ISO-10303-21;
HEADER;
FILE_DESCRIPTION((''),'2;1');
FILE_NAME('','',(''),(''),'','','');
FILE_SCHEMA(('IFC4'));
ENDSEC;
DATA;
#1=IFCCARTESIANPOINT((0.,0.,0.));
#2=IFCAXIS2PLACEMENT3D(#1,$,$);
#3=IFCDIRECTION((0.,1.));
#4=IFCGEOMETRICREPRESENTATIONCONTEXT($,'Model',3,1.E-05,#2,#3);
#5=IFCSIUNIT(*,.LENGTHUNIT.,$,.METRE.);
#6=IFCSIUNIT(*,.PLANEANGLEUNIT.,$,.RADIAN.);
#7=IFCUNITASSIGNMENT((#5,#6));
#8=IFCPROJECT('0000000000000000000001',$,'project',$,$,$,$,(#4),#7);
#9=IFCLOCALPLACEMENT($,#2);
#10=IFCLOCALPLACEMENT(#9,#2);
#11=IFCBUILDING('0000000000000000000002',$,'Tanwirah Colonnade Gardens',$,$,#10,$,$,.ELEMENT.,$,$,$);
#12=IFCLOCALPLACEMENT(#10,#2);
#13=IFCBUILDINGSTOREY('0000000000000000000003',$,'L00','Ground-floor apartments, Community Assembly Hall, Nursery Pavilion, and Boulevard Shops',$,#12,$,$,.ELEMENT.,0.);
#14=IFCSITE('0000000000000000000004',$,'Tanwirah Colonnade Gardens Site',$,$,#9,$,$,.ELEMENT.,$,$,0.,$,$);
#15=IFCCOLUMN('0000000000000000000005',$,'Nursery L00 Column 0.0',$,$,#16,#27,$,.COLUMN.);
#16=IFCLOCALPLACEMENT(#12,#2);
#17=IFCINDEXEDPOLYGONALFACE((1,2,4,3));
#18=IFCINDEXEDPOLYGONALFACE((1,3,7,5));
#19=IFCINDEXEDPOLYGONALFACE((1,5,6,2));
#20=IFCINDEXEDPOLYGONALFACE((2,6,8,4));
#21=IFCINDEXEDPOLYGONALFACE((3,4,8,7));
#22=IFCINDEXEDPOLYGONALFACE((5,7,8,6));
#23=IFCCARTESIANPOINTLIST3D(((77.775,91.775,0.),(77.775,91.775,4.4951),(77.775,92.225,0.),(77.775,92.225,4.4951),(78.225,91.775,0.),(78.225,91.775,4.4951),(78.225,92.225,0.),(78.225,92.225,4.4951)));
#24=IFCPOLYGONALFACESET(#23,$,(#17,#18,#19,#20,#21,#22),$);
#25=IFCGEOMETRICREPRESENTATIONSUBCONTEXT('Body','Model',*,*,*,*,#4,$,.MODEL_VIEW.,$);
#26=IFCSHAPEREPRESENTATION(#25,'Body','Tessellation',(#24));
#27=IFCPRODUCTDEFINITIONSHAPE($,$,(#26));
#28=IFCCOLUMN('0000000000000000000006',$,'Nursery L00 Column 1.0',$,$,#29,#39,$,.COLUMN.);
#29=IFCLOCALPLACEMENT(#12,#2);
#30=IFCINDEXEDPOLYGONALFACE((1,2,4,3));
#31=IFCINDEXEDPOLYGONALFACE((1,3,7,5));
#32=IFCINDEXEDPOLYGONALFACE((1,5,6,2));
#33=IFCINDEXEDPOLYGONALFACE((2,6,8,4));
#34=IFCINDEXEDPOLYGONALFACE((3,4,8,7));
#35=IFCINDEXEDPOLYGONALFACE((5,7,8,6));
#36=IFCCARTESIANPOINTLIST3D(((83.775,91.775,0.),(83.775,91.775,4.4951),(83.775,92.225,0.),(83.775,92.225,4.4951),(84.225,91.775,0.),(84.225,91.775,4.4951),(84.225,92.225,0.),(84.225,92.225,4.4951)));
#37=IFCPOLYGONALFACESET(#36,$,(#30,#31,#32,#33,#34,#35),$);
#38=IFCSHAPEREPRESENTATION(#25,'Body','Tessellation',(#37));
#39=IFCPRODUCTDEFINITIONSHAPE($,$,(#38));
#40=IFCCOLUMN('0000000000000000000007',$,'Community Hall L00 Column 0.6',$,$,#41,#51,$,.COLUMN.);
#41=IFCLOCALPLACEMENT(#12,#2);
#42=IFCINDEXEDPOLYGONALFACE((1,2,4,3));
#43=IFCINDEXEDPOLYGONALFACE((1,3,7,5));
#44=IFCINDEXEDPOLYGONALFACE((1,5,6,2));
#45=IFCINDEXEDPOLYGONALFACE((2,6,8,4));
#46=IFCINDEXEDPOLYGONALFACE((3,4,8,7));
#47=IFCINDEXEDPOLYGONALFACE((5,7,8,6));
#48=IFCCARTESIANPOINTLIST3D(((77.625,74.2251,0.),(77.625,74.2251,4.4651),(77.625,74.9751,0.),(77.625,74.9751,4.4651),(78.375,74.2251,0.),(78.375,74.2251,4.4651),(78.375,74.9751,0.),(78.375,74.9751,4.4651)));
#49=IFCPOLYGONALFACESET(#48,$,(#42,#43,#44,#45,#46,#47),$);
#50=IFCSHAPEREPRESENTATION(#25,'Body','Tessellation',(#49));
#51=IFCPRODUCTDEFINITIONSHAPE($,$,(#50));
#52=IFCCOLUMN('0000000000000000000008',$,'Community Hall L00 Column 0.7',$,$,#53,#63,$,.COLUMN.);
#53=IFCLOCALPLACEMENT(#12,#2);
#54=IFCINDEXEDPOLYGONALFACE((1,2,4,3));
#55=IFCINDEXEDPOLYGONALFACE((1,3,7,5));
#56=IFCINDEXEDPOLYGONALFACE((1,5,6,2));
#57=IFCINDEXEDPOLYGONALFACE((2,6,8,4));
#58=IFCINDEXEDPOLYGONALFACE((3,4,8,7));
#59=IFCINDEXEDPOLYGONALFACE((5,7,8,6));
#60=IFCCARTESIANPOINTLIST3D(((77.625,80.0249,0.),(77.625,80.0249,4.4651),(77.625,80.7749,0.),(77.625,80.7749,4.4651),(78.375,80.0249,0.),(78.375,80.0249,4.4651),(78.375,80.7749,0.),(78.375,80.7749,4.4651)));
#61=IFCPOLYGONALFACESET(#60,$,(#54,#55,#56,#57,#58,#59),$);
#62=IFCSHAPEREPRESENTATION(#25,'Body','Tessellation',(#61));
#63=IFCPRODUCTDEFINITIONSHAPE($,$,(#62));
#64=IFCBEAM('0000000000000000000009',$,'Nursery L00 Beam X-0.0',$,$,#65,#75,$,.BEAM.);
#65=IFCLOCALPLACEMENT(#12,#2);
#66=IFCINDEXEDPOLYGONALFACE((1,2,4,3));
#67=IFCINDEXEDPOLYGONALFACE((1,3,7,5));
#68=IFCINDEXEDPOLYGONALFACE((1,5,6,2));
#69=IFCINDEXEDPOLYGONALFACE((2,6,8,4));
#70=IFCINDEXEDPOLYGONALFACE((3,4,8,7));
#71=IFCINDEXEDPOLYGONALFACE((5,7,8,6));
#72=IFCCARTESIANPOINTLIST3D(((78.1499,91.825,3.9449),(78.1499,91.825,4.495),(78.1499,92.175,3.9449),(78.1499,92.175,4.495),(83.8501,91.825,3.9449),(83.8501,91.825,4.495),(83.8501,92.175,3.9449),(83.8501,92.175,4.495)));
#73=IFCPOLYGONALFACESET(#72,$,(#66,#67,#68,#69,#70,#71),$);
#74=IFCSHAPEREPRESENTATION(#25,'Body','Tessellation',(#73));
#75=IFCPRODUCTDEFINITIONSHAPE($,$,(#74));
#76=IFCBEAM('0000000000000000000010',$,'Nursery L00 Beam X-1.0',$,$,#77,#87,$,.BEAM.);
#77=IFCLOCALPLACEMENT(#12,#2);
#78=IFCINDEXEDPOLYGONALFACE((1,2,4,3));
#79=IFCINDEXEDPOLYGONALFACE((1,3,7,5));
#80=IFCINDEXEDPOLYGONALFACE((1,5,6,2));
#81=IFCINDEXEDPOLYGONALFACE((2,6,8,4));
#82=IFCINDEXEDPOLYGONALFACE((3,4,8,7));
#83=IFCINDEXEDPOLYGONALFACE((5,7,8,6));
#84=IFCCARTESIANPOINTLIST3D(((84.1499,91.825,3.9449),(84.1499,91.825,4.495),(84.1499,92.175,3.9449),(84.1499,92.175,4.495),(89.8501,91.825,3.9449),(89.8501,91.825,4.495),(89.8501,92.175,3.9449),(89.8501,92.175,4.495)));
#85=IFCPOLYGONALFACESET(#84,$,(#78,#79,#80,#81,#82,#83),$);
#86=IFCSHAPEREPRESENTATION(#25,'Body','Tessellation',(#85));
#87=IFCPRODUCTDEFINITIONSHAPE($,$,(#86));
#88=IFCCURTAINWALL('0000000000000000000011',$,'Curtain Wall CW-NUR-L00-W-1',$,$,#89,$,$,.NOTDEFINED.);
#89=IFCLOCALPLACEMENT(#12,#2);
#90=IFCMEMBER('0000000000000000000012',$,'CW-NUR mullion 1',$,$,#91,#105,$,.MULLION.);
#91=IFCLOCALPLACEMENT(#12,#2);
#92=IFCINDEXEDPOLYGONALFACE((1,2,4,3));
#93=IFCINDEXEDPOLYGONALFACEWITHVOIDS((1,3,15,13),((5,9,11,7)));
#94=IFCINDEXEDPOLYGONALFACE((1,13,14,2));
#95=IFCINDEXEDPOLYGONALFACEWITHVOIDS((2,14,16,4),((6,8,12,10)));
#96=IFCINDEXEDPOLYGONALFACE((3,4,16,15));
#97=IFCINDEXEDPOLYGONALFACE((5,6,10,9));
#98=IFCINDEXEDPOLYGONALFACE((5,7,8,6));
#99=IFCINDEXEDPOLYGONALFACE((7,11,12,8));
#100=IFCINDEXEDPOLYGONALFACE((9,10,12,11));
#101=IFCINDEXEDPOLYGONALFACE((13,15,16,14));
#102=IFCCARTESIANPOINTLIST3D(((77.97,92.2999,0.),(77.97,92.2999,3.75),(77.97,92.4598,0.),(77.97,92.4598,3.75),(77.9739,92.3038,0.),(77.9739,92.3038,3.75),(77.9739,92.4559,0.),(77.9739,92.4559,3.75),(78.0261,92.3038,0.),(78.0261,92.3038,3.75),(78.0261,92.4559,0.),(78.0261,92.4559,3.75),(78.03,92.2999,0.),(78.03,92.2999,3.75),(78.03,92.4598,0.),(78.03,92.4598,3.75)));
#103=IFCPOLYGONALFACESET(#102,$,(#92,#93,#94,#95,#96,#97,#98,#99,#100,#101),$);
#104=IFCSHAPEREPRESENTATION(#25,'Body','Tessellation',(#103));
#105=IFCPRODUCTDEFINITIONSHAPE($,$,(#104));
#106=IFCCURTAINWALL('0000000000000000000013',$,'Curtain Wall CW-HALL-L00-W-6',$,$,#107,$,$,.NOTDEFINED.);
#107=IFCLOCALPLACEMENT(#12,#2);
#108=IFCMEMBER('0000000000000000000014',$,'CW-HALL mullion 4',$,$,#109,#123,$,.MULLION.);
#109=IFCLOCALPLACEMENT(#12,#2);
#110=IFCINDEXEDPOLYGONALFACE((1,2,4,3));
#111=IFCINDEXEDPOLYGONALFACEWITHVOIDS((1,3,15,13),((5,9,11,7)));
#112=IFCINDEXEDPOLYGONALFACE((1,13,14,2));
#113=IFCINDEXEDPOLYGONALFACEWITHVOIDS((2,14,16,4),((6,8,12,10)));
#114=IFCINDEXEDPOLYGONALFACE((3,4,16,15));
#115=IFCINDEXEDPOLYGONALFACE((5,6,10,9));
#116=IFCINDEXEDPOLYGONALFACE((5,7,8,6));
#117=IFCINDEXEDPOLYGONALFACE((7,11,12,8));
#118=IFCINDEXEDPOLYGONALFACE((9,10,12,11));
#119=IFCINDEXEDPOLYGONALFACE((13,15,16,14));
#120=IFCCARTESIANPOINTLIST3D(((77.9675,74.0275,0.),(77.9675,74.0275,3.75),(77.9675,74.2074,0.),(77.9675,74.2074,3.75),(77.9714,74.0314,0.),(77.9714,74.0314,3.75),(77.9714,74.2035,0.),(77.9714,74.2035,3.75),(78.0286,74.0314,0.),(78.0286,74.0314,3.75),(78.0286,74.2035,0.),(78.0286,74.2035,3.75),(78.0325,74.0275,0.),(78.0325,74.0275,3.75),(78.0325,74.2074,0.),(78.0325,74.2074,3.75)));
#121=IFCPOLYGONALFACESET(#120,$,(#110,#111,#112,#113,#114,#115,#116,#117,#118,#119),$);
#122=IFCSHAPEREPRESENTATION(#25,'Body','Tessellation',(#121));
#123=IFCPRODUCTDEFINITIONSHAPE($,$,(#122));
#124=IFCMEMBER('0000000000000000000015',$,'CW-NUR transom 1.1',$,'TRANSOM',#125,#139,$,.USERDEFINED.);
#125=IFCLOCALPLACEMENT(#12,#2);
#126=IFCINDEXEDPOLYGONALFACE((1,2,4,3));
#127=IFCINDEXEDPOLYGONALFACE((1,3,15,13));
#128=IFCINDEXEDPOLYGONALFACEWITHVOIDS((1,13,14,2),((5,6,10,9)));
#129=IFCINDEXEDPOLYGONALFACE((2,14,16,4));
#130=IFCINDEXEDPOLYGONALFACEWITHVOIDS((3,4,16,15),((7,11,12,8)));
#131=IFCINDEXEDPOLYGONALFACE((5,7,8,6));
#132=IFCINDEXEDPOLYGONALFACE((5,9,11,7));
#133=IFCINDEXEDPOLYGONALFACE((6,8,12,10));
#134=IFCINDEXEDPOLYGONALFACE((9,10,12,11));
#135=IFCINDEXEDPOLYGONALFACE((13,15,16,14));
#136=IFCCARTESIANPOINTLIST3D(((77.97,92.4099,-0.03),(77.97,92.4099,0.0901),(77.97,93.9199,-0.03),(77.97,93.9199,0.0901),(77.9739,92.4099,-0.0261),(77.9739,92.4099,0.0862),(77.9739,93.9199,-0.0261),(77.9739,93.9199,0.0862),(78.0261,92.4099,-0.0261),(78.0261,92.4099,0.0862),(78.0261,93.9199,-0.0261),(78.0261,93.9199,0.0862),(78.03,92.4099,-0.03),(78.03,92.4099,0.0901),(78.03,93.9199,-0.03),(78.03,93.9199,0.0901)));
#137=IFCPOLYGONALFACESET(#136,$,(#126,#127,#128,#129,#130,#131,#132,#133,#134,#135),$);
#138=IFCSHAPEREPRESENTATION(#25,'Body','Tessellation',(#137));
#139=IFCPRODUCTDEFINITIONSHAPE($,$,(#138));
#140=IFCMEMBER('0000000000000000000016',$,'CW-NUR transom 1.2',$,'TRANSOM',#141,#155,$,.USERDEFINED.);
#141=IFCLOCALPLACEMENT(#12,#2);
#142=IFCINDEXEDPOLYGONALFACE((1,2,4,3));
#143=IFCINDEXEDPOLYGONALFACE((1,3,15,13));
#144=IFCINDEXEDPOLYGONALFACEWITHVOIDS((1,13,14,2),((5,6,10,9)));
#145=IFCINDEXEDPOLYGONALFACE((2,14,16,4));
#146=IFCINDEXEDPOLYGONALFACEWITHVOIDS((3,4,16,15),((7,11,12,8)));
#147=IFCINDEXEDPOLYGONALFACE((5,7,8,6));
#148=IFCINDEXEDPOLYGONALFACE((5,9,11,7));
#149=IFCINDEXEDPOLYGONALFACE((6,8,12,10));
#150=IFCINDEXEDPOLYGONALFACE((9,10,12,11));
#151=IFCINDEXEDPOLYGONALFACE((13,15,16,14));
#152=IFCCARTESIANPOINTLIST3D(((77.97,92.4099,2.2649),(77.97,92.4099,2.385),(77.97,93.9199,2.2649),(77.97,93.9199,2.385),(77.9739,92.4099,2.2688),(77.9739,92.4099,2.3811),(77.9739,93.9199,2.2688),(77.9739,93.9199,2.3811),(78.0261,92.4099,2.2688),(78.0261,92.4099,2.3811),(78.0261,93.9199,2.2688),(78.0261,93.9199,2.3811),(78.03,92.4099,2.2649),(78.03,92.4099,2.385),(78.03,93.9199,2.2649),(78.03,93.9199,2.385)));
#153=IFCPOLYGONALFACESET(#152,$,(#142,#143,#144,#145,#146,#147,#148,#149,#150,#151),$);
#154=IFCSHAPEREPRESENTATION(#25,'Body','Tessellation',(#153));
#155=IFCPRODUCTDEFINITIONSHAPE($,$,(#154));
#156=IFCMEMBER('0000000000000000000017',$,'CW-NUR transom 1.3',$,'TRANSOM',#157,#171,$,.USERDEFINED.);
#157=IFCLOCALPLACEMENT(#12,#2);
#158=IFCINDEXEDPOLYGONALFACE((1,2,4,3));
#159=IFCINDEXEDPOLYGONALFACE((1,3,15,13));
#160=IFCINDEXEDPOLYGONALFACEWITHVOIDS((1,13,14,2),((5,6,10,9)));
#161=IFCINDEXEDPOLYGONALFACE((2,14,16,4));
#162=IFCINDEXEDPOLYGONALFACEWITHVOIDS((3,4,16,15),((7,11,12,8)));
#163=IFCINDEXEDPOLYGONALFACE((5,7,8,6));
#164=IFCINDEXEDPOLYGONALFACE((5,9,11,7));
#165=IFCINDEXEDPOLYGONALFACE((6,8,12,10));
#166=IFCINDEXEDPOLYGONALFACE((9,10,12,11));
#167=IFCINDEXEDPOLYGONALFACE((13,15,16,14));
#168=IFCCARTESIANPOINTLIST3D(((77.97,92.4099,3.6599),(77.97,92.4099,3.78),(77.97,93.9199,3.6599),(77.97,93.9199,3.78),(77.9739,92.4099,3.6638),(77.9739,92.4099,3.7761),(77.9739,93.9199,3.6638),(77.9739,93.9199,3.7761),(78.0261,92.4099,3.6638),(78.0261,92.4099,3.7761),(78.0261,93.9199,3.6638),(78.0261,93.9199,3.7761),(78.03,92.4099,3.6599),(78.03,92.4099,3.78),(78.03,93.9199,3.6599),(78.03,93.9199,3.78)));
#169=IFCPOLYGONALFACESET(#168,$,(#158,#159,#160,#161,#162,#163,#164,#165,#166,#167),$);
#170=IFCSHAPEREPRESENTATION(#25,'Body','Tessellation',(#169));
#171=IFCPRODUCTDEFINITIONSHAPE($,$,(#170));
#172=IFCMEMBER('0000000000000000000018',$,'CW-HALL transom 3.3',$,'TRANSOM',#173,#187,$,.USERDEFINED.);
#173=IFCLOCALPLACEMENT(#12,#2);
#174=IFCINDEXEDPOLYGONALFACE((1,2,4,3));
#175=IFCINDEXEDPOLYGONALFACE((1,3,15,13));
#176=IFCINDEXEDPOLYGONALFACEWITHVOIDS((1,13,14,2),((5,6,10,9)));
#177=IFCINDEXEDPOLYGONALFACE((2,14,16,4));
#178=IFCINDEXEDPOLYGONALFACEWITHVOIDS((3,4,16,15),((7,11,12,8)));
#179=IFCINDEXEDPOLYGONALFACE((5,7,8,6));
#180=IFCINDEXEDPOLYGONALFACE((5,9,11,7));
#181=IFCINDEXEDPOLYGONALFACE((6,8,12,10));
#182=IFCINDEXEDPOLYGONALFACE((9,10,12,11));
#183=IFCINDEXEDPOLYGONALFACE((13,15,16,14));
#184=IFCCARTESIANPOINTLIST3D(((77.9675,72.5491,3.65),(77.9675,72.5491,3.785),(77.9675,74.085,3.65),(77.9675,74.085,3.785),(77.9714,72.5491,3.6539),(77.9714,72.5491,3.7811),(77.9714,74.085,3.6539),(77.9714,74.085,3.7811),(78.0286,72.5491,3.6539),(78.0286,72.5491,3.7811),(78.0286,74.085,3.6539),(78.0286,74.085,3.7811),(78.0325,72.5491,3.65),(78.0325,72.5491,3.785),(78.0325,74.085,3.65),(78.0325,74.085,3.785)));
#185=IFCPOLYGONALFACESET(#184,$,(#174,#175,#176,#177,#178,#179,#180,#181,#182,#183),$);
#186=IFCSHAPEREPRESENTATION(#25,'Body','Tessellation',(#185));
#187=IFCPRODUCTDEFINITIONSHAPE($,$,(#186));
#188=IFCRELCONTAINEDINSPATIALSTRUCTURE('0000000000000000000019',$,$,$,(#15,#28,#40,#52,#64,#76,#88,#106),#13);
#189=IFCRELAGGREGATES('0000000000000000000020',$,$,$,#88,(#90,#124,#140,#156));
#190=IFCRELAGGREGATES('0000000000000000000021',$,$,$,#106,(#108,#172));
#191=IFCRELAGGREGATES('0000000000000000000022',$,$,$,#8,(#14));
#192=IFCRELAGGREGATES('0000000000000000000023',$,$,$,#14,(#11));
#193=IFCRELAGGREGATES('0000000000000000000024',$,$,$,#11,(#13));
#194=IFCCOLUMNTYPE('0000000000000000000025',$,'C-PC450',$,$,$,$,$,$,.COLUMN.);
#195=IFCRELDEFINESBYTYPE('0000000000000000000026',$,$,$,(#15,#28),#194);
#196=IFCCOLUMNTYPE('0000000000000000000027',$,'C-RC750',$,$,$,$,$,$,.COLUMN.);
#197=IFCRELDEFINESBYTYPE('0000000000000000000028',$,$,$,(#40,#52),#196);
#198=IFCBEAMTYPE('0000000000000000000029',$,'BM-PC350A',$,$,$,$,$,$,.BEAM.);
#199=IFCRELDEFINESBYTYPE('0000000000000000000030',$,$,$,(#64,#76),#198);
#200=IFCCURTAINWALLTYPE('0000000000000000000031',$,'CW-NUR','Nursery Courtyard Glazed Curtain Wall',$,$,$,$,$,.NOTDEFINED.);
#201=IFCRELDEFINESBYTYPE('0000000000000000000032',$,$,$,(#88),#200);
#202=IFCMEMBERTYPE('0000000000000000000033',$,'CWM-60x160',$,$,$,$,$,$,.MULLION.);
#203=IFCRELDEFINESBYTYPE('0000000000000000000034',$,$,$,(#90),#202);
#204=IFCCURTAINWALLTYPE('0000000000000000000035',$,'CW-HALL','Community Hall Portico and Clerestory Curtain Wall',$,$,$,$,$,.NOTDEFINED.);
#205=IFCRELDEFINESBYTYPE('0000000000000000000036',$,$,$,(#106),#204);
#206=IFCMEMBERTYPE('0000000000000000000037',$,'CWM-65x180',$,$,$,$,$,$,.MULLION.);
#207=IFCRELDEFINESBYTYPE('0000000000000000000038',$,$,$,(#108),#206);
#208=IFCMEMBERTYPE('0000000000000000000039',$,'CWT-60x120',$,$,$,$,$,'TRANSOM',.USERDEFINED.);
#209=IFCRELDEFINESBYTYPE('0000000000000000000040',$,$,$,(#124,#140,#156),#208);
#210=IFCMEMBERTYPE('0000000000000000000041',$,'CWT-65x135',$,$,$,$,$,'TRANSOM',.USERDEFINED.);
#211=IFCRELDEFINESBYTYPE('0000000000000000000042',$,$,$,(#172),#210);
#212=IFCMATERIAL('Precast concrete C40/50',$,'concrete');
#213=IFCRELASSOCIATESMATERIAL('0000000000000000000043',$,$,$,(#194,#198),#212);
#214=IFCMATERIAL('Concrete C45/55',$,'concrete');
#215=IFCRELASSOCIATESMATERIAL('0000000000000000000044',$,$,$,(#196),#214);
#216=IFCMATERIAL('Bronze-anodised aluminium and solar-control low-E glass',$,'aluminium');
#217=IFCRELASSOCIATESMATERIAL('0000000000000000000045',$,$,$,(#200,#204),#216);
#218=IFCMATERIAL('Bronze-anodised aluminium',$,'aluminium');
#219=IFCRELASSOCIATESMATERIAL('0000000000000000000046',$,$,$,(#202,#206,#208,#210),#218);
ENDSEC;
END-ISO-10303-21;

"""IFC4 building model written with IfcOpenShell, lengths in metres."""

from ifc_helpers import new_model, si_unit, direction, frame, origin, origin_2d, place, context, subcontext, project, spatial, rectangle, hollow_rectangle, extrude, material, material_profile, profile_set, type_object, element, aggregate, save


model = new_model("IFC4")

# Units and contexts
model_context = context("Model", 3, precision=1e-05, world=origin(), true_north=direction((0.0, 1.0)))
body_context = subcontext(model_context, "Body", "Model", "MODEL_VIEW")
ifc_project = project(units=[si_unit("LENGTHUNIT", "METRE"), si_unit("PLANEANGLEUNIT", "RADIAN")], contexts=[model_context])

# Site, building, storey
site_placement = place(None, origin())
site = spatial("IfcSite", under=ifc_project, at=site_placement, Name="Tanwirah Colonnade Gardens Site", CompositionType="ELEMENT", RefElevation=0.0)
building_placement = place(site_placement, origin())
building = spatial("IfcBuilding", under=site, at=building_placement, Name="Tanwirah Colonnade Gardens", CompositionType="ELEMENT")
storey_placement = place(building_placement, origin())
storey = spatial("IfcBuildingStorey", under=building, at=storey_placement, Name="L00", Description="Ground-floor apartments, Community Assembly Hall, Nursery Pavilion, and Boulevard Shops", CompositionType="ELEMENT", Elevation=0.0)

# Columns
ifc_material_1 = material(Name="Precast concrete C40/50", Category="concrete")
ifc_material_profile_1 = material_profile(ifc_material_1, rectangle(XDim=0.45, YDim=0.45, at=origin_2d()), Name="PC-COL 450x450")
ifc_profile_set_1 = profile_set([ifc_material_profile_1], Name="Precast concrete C40/50")
column_type_1 = type_object("IfcColumnType", Name="C-PC450", PredefinedType="COLUMN", material=ifc_profile_set_1)
for number, where, z_axis, x_axis, name in (
    (1, (78.0, 92.0, 0.0), (0.0, 0.0, 1.0), (1.0, 0.0, 0.0), "Nursery L00 Column 0.0"),
    (2, (84.0, 92.0, 0.0), (0.0, 0.0, 1.0), (1.0, 0.0, 0.0), "Nursery L00 Column 1.0"),
):
    element("IfcColumn", number, at=place(storey_placement, frame(where, z_axis=z_axis, x_axis=x_axis)), inside=storey, type_object=column_type_1, Name=name, PredefinedType="COLUMN", context=body_context, shape_type="SweptSolid", body=[
        extrude(rectangle(XDim=0.45, YDim=0.45, at=origin_2d()), origin(), (0.0, 0.0, 1.0), 4.4951),
    ])
ifc_material_2 = material(Name="Concrete C45/55", Category="concrete")
ifc_material_profile_2 = material_profile(ifc_material_2, rectangle(XDim=0.75, YDim=0.75, at=origin_2d()), Name="RC-COL 750x750")
ifc_profile_set_2 = profile_set([ifc_material_profile_2], Name="Concrete C45/55")
column_type_2 = type_object("IfcColumnType", Name="C-RC750", PredefinedType="COLUMN", material=ifc_profile_set_2)
for number, where, z_axis, x_axis, name in (
    (3, (78.0, 74.6001, 0.0), (0.0, 0.0, 1.0), (1.0, 0.0, 0.0), "Community Hall L00 Column 0.6"),
    (4, (78.0, 80.3999, 0.0), (0.0, 0.0, 1.0), (1.0, 0.0, 0.0), "Community Hall L00 Column 0.7"),
):
    element("IfcColumn", number, at=place(storey_placement, frame(where, z_axis=z_axis, x_axis=x_axis)), inside=storey, type_object=column_type_2, Name=name, PredefinedType="COLUMN", context=body_context, shape_type="SweptSolid", body=[
        extrude(rectangle(XDim=0.75, YDim=0.75, at=origin_2d()), origin(), (0.0, 0.0, 1.0), 4.4651),
    ])

# Beams
ifc_material_profile_3 = material_profile(ifc_material_1, rectangle(XDim=0.3501, YDim=0.55, at=origin_2d()), Name="PC-BM 350x550")
ifc_profile_set_3 = profile_set([ifc_material_profile_3], Name="Precast concrete C40/50")
beam_type = type_object("IfcBeamType", Name="BM-PC350A", PredefinedType="BEAM", material=ifc_profile_set_3)
for number, where, z_axis, x_axis, name in (
    (5, (78.1499, 92.0, 4.22), (1.0, 0.0, 0.0), (0.0, 1.0, 0.0), "Nursery L00 Beam X-0.0"),
    (6, (84.1499, 92.0, 4.22), (1.0, 0.0, 0.0), (0.0, 1.0, 0.0), "Nursery L00 Beam X-1.0"),
):
    element("IfcBeam", number, at=place(storey_placement, frame(where, z_axis=z_axis, x_axis=x_axis)), inside=storey, type_object=beam_type, Name=name, PredefinedType="BEAM", context=body_context, shape_type="SweptSolid", body=[
        extrude(rectangle(XDim=0.3501, YDim=0.55, at=origin_2d()), origin(), (0.0, 0.0, 1.0), 5.7002),
    ])

# Curtain walls, members
ifc_material_3 = material(Name="Bronze-anodised aluminium and solar-control low-E glass", Category="aluminium")
curtain_wall_type_1 = type_object("IfcCurtainWallType", Name="CW-NUR", Description="Nursery Courtyard Glazed Curtain Wall", PredefinedType="NOTDEFINED", material=ifc_material_3)
curtain_wall_1_placement = place(storey_placement, origin())
curtain_wall_1 = element("IfcCurtainWall", 7, at=curtain_wall_1_placement, inside=storey, type_object=curtain_wall_type_1, Name="Curtain Wall CW-NUR-L00-W-1", PredefinedType="NOTDEFINED")
ifc_material_4 = material(Name="Bronze-anodised aluminium", Category="aluminium")
ifc_material_profile_4 = material_profile(ifc_material_4, hollow_rectangle(XDim=0.0601, YDim=0.1599, WallThickness=0.0039, at=origin_2d()), Name="CW-MUL 60x160x4")
ifc_profile_set_4 = profile_set([ifc_material_profile_4], Name="Bronze-anodised aluminium")
member_type_1 = type_object("IfcMemberType", Name="CWM-60x160", PredefinedType="MULLION", material=ifc_profile_set_4)
member_1_placement = place(storey_placement, frame((78.0, 92.3799, 0.0), z_axis=(0.0, 0.0, 1.0), x_axis=(-1.0, 0.0, 0.0)))
member_1 = element("IfcMember", 8, at=member_1_placement, type_object=member_type_1, Name="CW-NUR mullion 1", PredefinedType="MULLION", context=body_context, shape_type="SweptSolid", body=[
    extrude(hollow_rectangle(XDim=0.0601, YDim=0.1599, WallThickness=0.0039, at=origin_2d()), origin(), (0.0, 0.0, 1.0), 3.75),
])
curtain_wall_type_2 = type_object("IfcCurtainWallType", Name="CW-HALL", Description="Community Hall Portico and Clerestory Curtain Wall", PredefinedType="NOTDEFINED", material=ifc_material_3)
curtain_wall_2_placement = place(storey_placement, origin())
curtain_wall_2 = element("IfcCurtainWall", 9, at=curtain_wall_2_placement, inside=storey, type_object=curtain_wall_type_2, Name="Curtain Wall CW-HALL-L00-W-6", PredefinedType="NOTDEFINED")
ifc_material_profile_5 = material_profile(ifc_material_4, hollow_rectangle(XDim=0.0649, YDim=0.1799, WallThickness=0.0039, at=origin_2d()), Name="CW-MUL 65x180x4")
ifc_profile_set_5 = profile_set([ifc_material_profile_5], Name="Bronze-anodised aluminium")
member_type_2 = type_object("IfcMemberType", Name="CWM-65x180", PredefinedType="MULLION", material=ifc_profile_set_5)
member_2_placement = place(storey_placement, frame((78.0, 74.1174, 0.0), z_axis=(0.0, 0.0, 1.0), x_axis=(-1.0, 0.0, 0.0)))
member_2 = element("IfcMember", 10, at=member_2_placement, type_object=member_type_2, Name="CW-HALL mullion 4", PredefinedType="MULLION", context=body_context, shape_type="SweptSolid", body=[
    extrude(hollow_rectangle(XDim=0.0649, YDim=0.1799, WallThickness=0.0039, at=origin_2d()), origin(), (0.0, 0.0, 1.0), 3.75),
])

# Members
ifc_material_profile_6 = material_profile(ifc_material_4, hollow_rectangle(XDim=0.0601, YDim=0.1201, WallThickness=0.0039, at=origin_2d()), Name="CW-TRN 60x120x4")
ifc_profile_set_6 = profile_set([ifc_material_profile_6], Name="Bronze-anodised aluminium")
member_type_3 = type_object("IfcMemberType", Name="CWT-60x120", ElementType="TRANSOM", PredefinedType="USERDEFINED", material=ifc_profile_set_6)
member_3_placement = place(storey_placement, frame((78.0, 92.4099, 0.03), z_axis=(0.0, 1.0, 0.0), x_axis=(-1.0, 0.0, 0.0)))
member_3 = element("IfcMember", 11, at=member_3_placement, type_object=member_type_3, Name="CW-NUR transom 1.1", ObjectType="TRANSOM", PredefinedType="USERDEFINED", context=body_context, shape_type="SweptSolid", body=[
    extrude(hollow_rectangle(XDim=0.0601, YDim=0.1201, WallThickness=0.0039, at=origin_2d()), origin(), (0.0, 0.0, 1.0), 1.51),
])
member_4_placement = place(storey_placement, frame((78.0, 92.4099, 2.325), z_axis=(0.0, 1.0, 0.0), x_axis=(-1.0, 0.0, 0.0)))
member_4 = element("IfcMember", 12, at=member_4_placement, type_object=member_type_3, Name="CW-NUR transom 1.2", ObjectType="TRANSOM", PredefinedType="USERDEFINED", context=body_context, shape_type="SweptSolid", body=[
    extrude(hollow_rectangle(XDim=0.0601, YDim=0.1201, WallThickness=0.0039, at=origin_2d()), origin(), (0.0, 0.0, 1.0), 1.51),
])
member_5_placement = place(storey_placement, frame((78.0, 92.4099, 3.72), z_axis=(0.0, 1.0, 0.0), x_axis=(-1.0, 0.0, 0.0)))
member_5 = element("IfcMember", 13, at=member_5_placement, type_object=member_type_3, Name="CW-NUR transom 1.3", ObjectType="TRANSOM", PredefinedType="USERDEFINED", context=body_context, shape_type="SweptSolid", body=[
    extrude(hollow_rectangle(XDim=0.0601, YDim=0.1201, WallThickness=0.0039, at=origin_2d()), origin(), (0.0, 0.0, 1.0), 1.51),
])
aggregate(curtain_wall_1, [member_1, member_3, member_4, member_5])
ifc_material_profile_7 = material_profile(ifc_material_4, hollow_rectangle(XDim=0.0649, YDim=0.135, WallThickness=0.0039, at=origin_2d()), Name="CW-TRN 65x135x4")
ifc_profile_set_7 = profile_set([ifc_material_profile_7], Name="Bronze-anodised aluminium")
member_type_4 = type_object("IfcMemberType", Name="CWT-65x135", ElementType="TRANSOM", PredefinedType="USERDEFINED", material=ifc_profile_set_7)
member_6_placement = place(storey_placement, frame((78.0, 72.5491, 3.7175), z_axis=(0.0, 1.0, 0.0), x_axis=(-1.0, 0.0, 0.0)))
member_6 = element("IfcMember", 14, at=member_6_placement, type_object=member_type_4, Name="CW-HALL transom 3.3", ObjectType="TRANSOM", PredefinedType="USERDEFINED", context=body_context, shape_type="SweptSolid", body=[
    extrude(hollow_rectangle(XDim=0.0649, YDim=0.135, WallThickness=0.0039, at=origin_2d()), origin(), (0.0, 0.0, 1.0), 1.5359),
])

aggregate(curtain_wall_2, [member_2, member_6])

save(model, "model.ifc")
